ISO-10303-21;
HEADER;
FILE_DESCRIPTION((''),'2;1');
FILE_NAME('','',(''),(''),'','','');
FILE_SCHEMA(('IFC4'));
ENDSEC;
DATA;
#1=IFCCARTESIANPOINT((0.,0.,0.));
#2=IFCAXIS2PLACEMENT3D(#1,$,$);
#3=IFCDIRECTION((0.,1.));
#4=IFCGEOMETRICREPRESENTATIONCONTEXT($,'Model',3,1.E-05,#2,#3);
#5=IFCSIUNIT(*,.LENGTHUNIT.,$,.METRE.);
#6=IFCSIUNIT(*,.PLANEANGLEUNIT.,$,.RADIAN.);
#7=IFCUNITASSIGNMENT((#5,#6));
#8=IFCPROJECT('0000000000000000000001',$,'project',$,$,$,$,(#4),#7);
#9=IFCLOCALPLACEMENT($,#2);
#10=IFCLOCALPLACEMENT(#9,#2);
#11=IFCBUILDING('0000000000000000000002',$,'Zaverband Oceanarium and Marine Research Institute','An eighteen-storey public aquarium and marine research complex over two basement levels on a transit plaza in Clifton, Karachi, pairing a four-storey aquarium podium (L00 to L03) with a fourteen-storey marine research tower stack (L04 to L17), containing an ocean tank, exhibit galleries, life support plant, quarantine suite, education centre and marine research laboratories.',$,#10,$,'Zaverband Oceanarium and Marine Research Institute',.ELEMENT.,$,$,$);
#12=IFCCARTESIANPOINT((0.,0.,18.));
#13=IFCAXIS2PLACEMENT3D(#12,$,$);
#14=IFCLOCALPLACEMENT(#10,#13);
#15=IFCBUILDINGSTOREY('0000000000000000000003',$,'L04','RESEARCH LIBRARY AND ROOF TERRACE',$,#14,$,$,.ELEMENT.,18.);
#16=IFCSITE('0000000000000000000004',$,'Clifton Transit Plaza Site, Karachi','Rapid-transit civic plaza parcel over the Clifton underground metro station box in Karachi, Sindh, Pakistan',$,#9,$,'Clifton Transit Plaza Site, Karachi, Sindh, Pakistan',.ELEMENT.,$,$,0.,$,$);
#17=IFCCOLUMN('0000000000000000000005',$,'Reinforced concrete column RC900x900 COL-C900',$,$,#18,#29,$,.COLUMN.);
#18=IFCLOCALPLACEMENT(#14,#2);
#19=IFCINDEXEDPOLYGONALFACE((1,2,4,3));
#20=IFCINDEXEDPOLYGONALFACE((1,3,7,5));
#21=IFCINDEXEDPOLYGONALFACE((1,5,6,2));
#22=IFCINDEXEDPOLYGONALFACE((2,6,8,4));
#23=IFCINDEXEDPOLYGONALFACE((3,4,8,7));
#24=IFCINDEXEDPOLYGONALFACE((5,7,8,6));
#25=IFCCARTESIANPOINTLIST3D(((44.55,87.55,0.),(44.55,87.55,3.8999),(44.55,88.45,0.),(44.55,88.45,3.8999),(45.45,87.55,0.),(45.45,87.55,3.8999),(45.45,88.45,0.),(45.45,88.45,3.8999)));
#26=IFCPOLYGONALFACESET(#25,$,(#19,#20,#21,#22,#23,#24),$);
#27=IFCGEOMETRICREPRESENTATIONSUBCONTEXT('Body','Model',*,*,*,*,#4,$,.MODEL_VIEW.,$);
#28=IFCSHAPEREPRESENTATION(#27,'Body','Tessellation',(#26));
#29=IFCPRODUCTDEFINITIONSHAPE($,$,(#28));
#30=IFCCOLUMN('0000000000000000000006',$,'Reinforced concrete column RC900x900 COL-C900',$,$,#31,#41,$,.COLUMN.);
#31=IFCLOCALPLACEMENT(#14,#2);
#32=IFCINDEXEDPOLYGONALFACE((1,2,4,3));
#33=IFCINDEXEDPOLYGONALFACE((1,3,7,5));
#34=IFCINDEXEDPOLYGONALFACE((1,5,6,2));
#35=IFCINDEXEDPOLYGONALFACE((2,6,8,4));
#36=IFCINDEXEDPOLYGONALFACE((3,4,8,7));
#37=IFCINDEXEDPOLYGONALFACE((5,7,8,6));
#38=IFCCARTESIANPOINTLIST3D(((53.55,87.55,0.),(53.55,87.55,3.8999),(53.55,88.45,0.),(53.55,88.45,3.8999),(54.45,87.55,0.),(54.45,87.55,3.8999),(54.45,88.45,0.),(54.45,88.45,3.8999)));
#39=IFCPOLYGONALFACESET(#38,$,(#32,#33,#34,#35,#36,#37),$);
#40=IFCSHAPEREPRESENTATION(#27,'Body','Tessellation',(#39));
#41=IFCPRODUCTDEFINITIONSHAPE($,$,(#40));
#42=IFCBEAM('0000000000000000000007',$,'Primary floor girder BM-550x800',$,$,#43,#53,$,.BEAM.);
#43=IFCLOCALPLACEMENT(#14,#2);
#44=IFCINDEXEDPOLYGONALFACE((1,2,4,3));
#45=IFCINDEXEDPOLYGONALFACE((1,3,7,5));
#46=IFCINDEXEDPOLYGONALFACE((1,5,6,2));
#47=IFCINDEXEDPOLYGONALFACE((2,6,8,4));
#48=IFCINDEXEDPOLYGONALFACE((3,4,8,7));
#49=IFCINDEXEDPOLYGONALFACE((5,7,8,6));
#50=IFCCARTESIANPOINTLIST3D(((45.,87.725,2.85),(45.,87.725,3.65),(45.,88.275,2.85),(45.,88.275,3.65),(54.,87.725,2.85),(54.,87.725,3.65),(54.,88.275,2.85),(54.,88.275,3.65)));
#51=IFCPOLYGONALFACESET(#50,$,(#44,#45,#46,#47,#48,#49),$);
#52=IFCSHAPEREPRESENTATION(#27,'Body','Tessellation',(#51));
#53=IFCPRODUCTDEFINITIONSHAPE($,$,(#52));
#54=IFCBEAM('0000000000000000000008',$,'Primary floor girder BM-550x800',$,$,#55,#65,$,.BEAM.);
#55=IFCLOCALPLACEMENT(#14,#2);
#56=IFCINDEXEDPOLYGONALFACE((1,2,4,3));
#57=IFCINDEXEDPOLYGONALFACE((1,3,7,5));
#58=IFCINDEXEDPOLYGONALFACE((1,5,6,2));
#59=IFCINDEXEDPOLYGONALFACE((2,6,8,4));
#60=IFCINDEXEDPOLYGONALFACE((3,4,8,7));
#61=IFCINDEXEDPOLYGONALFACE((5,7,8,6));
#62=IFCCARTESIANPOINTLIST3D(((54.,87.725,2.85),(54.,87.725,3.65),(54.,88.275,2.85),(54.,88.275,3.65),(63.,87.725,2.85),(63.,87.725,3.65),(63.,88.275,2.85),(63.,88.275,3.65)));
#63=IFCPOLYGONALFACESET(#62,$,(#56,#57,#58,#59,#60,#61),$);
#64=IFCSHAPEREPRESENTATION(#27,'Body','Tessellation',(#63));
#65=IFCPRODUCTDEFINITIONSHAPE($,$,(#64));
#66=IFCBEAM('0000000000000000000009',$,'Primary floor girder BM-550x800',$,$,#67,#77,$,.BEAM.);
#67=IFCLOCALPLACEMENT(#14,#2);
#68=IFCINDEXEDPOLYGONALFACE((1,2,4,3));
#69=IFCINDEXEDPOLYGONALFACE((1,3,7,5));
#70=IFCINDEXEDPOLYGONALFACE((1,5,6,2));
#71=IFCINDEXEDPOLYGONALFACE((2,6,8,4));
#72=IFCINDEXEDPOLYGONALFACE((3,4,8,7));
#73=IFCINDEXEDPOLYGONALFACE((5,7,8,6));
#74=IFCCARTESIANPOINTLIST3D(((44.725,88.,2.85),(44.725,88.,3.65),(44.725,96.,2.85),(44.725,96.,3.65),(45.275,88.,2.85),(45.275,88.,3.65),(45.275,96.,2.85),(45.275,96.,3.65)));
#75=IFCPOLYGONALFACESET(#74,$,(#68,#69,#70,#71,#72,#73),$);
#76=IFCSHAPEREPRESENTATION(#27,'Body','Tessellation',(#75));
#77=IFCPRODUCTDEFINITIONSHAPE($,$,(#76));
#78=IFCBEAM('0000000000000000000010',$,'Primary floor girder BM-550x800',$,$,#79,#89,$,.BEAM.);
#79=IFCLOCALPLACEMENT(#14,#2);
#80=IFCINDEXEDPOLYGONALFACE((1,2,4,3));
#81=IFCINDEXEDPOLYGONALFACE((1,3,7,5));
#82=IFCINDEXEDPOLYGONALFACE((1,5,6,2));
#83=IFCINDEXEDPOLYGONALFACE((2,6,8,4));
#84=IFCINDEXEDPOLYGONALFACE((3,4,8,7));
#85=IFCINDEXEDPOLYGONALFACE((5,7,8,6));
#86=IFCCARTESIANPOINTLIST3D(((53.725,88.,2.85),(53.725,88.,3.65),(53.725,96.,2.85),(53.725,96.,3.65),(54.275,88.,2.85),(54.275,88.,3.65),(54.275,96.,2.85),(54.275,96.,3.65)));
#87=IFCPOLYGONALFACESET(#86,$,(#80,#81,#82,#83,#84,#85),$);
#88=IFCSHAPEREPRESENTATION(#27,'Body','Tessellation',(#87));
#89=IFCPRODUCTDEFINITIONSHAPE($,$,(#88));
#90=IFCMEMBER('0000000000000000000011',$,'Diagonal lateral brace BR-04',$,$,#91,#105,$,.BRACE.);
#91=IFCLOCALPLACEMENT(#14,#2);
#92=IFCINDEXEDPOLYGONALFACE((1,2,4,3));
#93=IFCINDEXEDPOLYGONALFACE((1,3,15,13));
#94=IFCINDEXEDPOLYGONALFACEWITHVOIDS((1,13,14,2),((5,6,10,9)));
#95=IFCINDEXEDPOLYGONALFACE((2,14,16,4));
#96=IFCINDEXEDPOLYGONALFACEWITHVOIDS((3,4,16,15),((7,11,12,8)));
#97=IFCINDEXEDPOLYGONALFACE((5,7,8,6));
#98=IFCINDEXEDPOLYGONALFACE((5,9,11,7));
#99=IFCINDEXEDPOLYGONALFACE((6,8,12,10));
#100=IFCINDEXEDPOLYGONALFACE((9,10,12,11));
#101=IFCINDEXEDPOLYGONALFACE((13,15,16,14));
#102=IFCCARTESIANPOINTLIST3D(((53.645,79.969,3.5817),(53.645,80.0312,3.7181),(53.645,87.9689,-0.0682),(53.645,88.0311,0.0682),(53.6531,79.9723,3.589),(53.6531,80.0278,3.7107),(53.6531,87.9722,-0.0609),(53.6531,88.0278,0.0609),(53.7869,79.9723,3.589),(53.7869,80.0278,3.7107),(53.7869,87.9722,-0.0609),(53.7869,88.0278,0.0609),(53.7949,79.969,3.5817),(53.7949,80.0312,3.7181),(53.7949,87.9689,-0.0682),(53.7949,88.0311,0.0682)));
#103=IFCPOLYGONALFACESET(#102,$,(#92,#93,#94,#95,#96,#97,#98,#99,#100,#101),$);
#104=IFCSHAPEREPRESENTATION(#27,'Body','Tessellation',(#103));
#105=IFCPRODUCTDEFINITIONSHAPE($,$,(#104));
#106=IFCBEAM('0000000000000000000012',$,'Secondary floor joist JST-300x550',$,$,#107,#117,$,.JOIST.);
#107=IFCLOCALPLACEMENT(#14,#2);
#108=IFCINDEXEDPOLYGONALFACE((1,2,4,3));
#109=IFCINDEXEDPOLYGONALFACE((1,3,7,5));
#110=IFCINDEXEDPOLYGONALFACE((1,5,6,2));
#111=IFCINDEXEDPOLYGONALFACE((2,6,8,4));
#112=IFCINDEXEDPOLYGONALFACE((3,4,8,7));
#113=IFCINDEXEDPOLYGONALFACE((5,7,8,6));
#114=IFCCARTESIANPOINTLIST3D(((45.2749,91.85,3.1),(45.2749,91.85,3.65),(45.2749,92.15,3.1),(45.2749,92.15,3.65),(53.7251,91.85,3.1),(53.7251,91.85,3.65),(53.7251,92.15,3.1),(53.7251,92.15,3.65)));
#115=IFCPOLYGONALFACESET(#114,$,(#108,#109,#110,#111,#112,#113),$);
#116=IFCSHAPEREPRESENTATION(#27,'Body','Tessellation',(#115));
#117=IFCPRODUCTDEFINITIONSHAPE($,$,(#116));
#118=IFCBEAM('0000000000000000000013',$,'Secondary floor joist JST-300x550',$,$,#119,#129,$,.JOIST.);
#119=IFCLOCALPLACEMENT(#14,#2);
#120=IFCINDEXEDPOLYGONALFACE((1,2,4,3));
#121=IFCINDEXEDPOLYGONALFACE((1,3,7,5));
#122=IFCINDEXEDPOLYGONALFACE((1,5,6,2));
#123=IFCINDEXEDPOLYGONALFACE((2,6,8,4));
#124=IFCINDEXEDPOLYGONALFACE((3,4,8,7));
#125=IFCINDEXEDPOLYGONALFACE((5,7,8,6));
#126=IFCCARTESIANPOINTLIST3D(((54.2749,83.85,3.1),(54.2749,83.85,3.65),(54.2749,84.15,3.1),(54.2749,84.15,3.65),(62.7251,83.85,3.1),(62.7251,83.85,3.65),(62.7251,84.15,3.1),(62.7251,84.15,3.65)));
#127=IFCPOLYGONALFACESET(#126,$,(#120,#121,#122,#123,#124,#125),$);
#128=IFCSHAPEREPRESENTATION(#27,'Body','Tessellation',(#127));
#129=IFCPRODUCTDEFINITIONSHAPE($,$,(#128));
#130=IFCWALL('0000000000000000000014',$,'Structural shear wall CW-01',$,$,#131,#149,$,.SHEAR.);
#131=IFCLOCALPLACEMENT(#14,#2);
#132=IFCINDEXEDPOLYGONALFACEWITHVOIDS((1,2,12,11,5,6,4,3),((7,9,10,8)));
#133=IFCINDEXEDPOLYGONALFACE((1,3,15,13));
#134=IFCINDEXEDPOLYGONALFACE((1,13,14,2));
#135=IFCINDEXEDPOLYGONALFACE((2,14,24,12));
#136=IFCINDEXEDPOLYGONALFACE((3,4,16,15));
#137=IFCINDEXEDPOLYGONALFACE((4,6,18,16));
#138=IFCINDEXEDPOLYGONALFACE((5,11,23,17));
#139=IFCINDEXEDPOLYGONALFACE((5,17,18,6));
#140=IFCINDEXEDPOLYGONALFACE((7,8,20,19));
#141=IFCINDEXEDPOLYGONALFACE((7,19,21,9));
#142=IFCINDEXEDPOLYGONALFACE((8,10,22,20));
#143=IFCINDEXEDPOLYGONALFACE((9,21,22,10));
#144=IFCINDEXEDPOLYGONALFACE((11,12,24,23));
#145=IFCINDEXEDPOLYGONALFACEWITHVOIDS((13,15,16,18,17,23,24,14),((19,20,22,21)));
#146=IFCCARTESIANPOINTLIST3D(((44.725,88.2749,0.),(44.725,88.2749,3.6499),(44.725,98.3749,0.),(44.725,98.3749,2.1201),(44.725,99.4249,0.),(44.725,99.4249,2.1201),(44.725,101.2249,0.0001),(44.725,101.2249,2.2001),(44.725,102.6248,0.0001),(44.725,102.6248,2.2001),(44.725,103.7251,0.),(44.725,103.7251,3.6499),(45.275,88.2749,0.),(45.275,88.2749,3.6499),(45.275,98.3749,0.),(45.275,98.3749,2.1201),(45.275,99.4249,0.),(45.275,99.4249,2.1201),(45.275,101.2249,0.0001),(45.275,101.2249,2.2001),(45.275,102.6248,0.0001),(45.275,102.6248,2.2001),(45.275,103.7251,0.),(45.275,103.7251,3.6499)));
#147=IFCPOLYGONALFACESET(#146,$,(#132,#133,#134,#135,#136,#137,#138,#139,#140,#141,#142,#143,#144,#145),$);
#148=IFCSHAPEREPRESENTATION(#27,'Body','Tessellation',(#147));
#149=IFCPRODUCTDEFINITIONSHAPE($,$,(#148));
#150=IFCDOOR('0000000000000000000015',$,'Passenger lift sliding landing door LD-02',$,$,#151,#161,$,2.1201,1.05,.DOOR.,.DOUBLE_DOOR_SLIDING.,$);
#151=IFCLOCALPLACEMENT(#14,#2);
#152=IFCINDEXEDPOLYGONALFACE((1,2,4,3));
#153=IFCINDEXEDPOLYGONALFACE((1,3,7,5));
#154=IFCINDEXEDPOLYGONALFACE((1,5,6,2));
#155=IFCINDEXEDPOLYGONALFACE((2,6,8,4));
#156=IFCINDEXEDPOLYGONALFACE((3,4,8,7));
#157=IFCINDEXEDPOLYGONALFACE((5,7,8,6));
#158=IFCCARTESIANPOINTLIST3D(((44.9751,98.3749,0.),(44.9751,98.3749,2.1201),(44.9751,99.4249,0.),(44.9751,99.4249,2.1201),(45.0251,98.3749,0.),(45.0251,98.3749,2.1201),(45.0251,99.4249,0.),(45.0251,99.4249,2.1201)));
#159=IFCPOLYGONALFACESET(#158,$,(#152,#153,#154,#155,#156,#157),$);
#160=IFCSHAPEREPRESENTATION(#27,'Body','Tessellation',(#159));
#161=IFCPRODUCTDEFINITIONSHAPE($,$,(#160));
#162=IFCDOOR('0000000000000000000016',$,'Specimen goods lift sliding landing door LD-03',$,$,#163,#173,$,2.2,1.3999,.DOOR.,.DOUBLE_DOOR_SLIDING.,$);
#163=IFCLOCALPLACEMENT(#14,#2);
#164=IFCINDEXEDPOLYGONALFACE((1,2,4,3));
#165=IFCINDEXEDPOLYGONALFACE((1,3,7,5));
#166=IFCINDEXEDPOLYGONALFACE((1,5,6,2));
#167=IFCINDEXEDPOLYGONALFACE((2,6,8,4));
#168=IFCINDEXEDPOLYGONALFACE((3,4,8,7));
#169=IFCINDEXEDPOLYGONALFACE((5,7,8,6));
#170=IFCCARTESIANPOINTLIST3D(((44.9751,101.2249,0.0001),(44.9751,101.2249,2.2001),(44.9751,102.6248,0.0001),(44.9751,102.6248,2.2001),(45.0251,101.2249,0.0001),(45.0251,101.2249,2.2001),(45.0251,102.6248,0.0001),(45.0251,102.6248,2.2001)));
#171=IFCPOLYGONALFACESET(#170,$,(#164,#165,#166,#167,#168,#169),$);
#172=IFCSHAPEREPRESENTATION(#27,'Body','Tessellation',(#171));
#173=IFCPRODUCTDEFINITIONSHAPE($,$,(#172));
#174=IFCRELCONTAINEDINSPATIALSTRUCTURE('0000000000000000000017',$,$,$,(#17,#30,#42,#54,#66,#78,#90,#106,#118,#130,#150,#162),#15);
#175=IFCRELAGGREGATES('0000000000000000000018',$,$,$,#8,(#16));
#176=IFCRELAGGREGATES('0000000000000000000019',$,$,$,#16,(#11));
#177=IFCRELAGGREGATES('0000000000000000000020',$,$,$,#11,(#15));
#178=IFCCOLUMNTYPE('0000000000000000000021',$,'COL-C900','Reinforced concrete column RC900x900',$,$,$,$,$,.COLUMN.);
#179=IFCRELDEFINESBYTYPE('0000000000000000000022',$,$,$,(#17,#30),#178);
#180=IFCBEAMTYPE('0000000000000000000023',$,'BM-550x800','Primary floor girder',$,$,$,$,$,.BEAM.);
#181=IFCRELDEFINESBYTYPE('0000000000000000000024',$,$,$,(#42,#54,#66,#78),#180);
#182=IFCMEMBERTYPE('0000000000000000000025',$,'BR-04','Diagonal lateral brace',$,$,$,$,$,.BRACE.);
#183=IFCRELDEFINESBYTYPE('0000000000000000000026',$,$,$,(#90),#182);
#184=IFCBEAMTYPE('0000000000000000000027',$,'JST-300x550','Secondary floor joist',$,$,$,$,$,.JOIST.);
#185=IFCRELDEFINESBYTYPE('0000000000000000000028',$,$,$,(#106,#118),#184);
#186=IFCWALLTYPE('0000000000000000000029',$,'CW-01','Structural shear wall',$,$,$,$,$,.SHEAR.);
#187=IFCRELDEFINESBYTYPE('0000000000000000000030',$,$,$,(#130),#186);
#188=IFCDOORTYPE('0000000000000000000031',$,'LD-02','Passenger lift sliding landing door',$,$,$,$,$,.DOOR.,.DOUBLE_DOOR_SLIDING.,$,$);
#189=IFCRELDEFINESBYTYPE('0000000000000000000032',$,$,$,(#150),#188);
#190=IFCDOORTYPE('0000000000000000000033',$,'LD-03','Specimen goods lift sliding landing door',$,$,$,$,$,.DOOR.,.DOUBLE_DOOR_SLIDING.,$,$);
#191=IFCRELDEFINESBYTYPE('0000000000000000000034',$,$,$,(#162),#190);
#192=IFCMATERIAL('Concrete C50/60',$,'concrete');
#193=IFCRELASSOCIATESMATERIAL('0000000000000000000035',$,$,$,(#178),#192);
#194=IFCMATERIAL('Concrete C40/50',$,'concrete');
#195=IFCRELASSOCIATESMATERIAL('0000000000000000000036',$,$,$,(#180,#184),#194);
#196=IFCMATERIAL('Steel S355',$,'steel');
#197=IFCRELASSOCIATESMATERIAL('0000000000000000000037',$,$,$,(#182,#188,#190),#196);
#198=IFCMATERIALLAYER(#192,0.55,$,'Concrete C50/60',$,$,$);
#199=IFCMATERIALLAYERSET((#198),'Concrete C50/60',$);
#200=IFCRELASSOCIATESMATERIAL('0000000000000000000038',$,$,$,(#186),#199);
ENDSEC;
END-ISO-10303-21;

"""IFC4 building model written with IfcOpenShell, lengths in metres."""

from ifc_helpers import new_model, si_unit, direction, frame, frame_2d, origin, origin_2d, place, context, subcontext, project, spatial, rectangle, hollow_rectangle, extrude, material, layer, layer_set, material_profile, profile_set, type_object, element, fill, save


model = new_model("IFC4")

# Units and contexts
model_context = context("Model", 3, precision=1e-05, world=origin(), true_north=direction((0.0, 1.0)))
body_context = subcontext(model_context, "Body", "Model", "MODEL_VIEW")
ifc_project = project(units=[si_unit("LENGTHUNIT", "METRE"), si_unit("PLANEANGLEUNIT", "RADIAN")], contexts=[model_context])

# Site, building, storey
site_placement = place(None, origin())
site = spatial("IfcSite", under=ifc_project, at=site_placement, Name="Clifton Transit Plaza Site, Karachi", Description="Rapid-transit civic plaza parcel over the Clifton underground metro station box in Karachi, Sindh, Pakistan", LongName="Clifton Transit Plaza Site, Karachi, Sindh, Pakistan", CompositionType="ELEMENT", RefElevation=0.0)
building_placement = place(site_placement, origin())
building = spatial("IfcBuilding", under=site, at=building_placement, Name="Zaverband Oceanarium and Marine Research Institute", Description="An eighteen-storey public aquarium and marine research complex over two basement levels on a transit plaza in Clifton, Karachi, pairing a four-storey aquarium podium (L00 to L03) with a fourteen-storey marine research tower stack (L04 to L17), containing an ocean tank, exhibit galleries, life support plant, quarantine suite, education centre and marine research laboratories.", LongName="Zaverband Oceanarium and Marine Research Institute", CompositionType="ELEMENT")
storey_placement = place(building_placement, frame((0.0, 0.0, 18.0)))
storey = spatial("IfcBuildingStorey", under=building, at=storey_placement, Name="L04", Description="RESEARCH LIBRARY AND ROOF TERRACE", CompositionType="ELEMENT", Elevation=18.0)

# Columns
ifc_material_1 = material(Name="Concrete C50/60", Category="concrete")
ifc_material_profile_1 = material_profile(ifc_material_1, rectangle(XDim=0.8999, YDim=0.8999, at=origin_2d()), Name="RC900x900")
ifc_profile_set_1 = profile_set([ifc_material_profile_1], Name="Concrete C50/60")
column_type = type_object("IfcColumnType", Name="COL-C900", Description="Reinforced concrete column RC900x900", PredefinedType="COLUMN", material=ifc_profile_set_1)
for number, where, z_axis, x_axis, name in (
    (1, (45.0, 88.0, 0.0), (0.0, 0.0, 1.0), (1.0, 0.0, 0.0), "Reinforced concrete column RC900x900 COL-C900"),
    (2, (54.0, 88.0, 0.0), (0.0, 0.0, 1.0), (1.0, 0.0, 0.0), "Reinforced concrete column RC900x900 COL-C900"),
):
    element("IfcColumn", number, at=place(storey_placement, frame(where, z_axis=z_axis, x_axis=x_axis)), inside=storey, type_object=column_type, Name=name, PredefinedType="COLUMN", context=body_context, shape_type="SweptSolid", body=[
        extrude(rectangle(XDim=0.8999, YDim=0.8999, at=origin_2d()), origin(), (0.0, 0.0, 1.0), 3.8999),
    ])

# Beams
ifc_material_2 = material(Name="Concrete C40/50", Category="concrete")
ifc_material_profile_2 = material_profile(ifc_material_2, rectangle(XDim=0.55, YDim=0.8, at=origin_2d()), Name="RC550x800")
ifc_profile_set_2 = profile_set([ifc_material_profile_2], Name="Concrete C40/50")
beam_type_1 = type_object("IfcBeamType", Name="BM-550x800", Description="Primary floor girder", PredefinedType="BEAM", material=ifc_profile_set_2)
for number, where, z_axis, x_axis, name in (
    (3, (45.0, 88.0, 3.25), (1.0, 0.0, 0.0), (0.0, 1.0, 0.0), "Primary floor girder BM-550x800"),
    (4, (54.0, 88.0, 3.25), (1.0, 0.0, 0.0), (0.0, 1.0, 0.0), "Primary floor girder BM-550x800"),
):
    element("IfcBeam", number, at=place(storey_placement, frame(where, z_axis=z_axis, x_axis=x_axis)), inside=storey, type_object=beam_type_1, Name=name, PredefinedType="BEAM", context=body_context, shape_type="SweptSolid", body=[
        extrude(rectangle(XDim=0.55, YDim=0.8, at=origin_2d()), origin(), (0.0, 0.0, 1.0), 9.0),
    ])
for number, where, z_axis, x_axis, name in (
    (5, (45.0, 88.0, 3.25), (0.0, 1.0, 0.0), (-1.0, 0.0, 0.0), "Primary floor girder BM-550x800"),
    (6, (54.0, 88.0, 3.25), (0.0, 1.0, 0.0), (-1.0, 0.0, 0.0), "Primary floor girder BM-550x800"),
):
    element("IfcBeam", number, at=place(storey_placement, frame(where, z_axis=z_axis, x_axis=x_axis)), inside=storey, type_object=beam_type_1, Name=name, PredefinedType="BEAM", context=body_context, shape_type="SweptSolid", body=[
        extrude(rectangle(XDim=0.55, YDim=0.8, at=origin_2d()), origin(), (0.0, 0.0, 1.0), 8.0),
    ])

# Member
ifc_material_3 = material(Name="Steel S355", Category="steel")
ifc_material_profile_3 = material_profile(ifc_material_3, hollow_rectangle(XDim=0.1499, YDim=0.1499, WallThickness=0.0081, at=origin_2d()), Name="SHS150x150x8")
ifc_profile_set_3 = profile_set([ifc_material_profile_3], Name="Steel S355")
member_type = type_object("IfcMemberType", Name="BR-04", Description="Diagonal lateral brace", PredefinedType="BRACE", material=ifc_profile_set_3)
member_placement = place(storey_placement, frame((53.72, 88.0, 0.0), z_axis=(0.0, -0.909786, 0.415079), x_axis=(1.0, 0.0, 0.0)))
element("IfcMember", 7, at=member_placement, inside=storey, type_object=member_type, Name="Diagonal lateral brace BR-04", PredefinedType="BRACE", context=body_context, shape_type="SweptSolid", body=[
    extrude(hollow_rectangle(XDim=0.1499, YDim=0.1499, WallThickness=0.0081, at=origin_2d()), origin(), (0.0, 0.0, 1.0), 8.7932),
])

# Beams
ifc_material_profile_4 = material_profile(ifc_material_2, rectangle(XDim=0.3, YDim=0.55, at=origin_2d()), Name="RC300x550")
ifc_profile_set_4 = profile_set([ifc_material_profile_4], Name="Concrete C40/50")
beam_type_2 = type_object("IfcBeamType", Name="JST-300x550", Description="Secondary floor joist", PredefinedType="JOIST", material=ifc_profile_set_4)
for number, where, z_axis, x_axis, name in (
    (8, (45.2749, 92.0, 3.375), (1.0, 0.0, 0.0), (0.0, 1.0, 0.0), "Secondary floor joist JST-300x550"),
    (9, (54.2749, 84.0, 3.375), (1.0, 0.0, 0.0), (0.0, 1.0, 0.0), "Secondary floor joist JST-300x550"),
):
    element("IfcBeam", number, at=place(storey_placement, frame(where, z_axis=z_axis, x_axis=x_axis)), inside=storey, type_object=beam_type_2, Name=name, PredefinedType="JOIST", context=body_context, shape_type="SweptSolid", body=[
        extrude(rectangle(XDim=0.3, YDim=0.55, at=origin_2d()), origin(), (0.0, 0.0, 1.0), 8.4502),
    ])

# Wall, openings, doors
ifc_layer_1 = layer(ifc_material_1, 0.55, Name="Concrete C50/60")
ifc_layer_set_1 = layer_set([ifc_layer_1], Name="Concrete C50/60")
wall_type_1 = type_object("IfcWallType", Name="CW-01", Description="Structural shear wall", PredefinedType="SHEAR", material=ifc_layer_set_1)
wall_1_placement = place(storey_placement, frame((45.0, 88.2749, 0.0), z_axis=(0.0, 0.0, 1.0), x_axis=(0.0, 1.0, 0.0)))
wall_1 = element("IfcWall", 10, at=wall_1_placement, inside=storey, type_object=wall_type_1, Name="Structural shear wall CW-01", PredefinedType="SHEAR", context=body_context, shape_type="SweptSolid", body=[
    extrude(rectangle(XDim=15.4502, YDim=0.55, at=frame_2d((7.7251, 0.0))), origin(), (0.0, 0.0, 1.0), 3.6499),
])
opening_1_placement = place(wall_1_placement, frame((10.1001, 0.0, 0.0)))
opening_1 = element("IfcOpeningElement", 11, at=opening_1_placement, cuts=wall_1, PredefinedType="OPENING", context=body_context, shape_type="SweptSolid", body=[
    extrude(rectangle(XDim=1.05, YDim=2.1201, at=frame_2d((0.5249, 1.0601))), frame((0.0, 0.2871, 0.0), z_axis=(0.0, -1.0, 0.0), x_axis=(1.0, 0.0, 0.0)), (0.0, 0.0, 1.0), 0.574),
])
opening_2_placement = place(wall_1_placement, frame((12.95, 0.0, 0.0)))
opening_2 = element("IfcOpeningElement", 12, at=opening_2_placement, cuts=wall_1, PredefinedType="OPENING", context=body_context, shape_type="SweptSolid", body=[
    extrude(rectangle(XDim=1.3999, YDim=2.2, at=frame_2d((0.7, 1.1001))), frame((0.0, 0.2871, 0.0), z_axis=(0.0, -1.0, 0.0), x_axis=(1.0, 0.0, 0.0)), (0.0, 0.0, 1.0), 0.574),
])
door_type_1 = type_object("IfcDoorType", Name="LD-02", Description="Passenger lift sliding landing door", OperationType="DOUBLE_DOOR_SLIDING", PredefinedType="DOOR", material=ifc_material_3)
door_1_placement = place(opening_1_placement, origin())
door_1 = element("IfcDoor", 13, at=door_1_placement, inside=storey, type_object=door_type_1, Name="Passenger lift sliding landing door LD-02", OperationType="DOUBLE_DOOR_SLIDING", OverallHeight=2.1201, OverallWidth=1.05, PredefinedType="DOOR", context=body_context, shape_type="SweptSolid", body=[
    extrude(rectangle(XDim=1.05, YDim=2.1201, at=frame_2d((0.5249, 1.0601))), frame((0.0, 0.0249, 0.0), z_axis=(0.0, -1.0, 0.0), x_axis=(1.0, 0.0, 0.0)), (0.0, 0.0, 1.0), 0.05),
])
fill(opening_1, door_1)
door_type_2 = type_object("IfcDoorType", Name="LD-03", Description="Specimen goods lift sliding landing door", OperationType="DOUBLE_DOOR_SLIDING", PredefinedType="DOOR", material=ifc_material_3)
door_2_placement = place(opening_2_placement, origin())
door_2 = element("IfcDoor", 14, at=door_2_placement, inside=storey, type_object=door_type_2, Name="Specimen goods lift sliding landing door LD-03", OperationType="DOUBLE_DOOR_SLIDING", OverallHeight=2.2, OverallWidth=1.3999, PredefinedType="DOOR", context=body_context, shape_type="SweptSolid", body=[
    extrude(rectangle(XDim=1.3999, YDim=2.2, at=frame_2d((0.7, 1.1001))), frame((0.0, 0.0249, 0.0), z_axis=(0.0, -1.0, 0.0), x_axis=(1.0, 0.0, 0.0)), (0.0, 0.0, 1.0), 0.05),
])
fill(opening_2, door_2)

save(model, "model.ifc")
